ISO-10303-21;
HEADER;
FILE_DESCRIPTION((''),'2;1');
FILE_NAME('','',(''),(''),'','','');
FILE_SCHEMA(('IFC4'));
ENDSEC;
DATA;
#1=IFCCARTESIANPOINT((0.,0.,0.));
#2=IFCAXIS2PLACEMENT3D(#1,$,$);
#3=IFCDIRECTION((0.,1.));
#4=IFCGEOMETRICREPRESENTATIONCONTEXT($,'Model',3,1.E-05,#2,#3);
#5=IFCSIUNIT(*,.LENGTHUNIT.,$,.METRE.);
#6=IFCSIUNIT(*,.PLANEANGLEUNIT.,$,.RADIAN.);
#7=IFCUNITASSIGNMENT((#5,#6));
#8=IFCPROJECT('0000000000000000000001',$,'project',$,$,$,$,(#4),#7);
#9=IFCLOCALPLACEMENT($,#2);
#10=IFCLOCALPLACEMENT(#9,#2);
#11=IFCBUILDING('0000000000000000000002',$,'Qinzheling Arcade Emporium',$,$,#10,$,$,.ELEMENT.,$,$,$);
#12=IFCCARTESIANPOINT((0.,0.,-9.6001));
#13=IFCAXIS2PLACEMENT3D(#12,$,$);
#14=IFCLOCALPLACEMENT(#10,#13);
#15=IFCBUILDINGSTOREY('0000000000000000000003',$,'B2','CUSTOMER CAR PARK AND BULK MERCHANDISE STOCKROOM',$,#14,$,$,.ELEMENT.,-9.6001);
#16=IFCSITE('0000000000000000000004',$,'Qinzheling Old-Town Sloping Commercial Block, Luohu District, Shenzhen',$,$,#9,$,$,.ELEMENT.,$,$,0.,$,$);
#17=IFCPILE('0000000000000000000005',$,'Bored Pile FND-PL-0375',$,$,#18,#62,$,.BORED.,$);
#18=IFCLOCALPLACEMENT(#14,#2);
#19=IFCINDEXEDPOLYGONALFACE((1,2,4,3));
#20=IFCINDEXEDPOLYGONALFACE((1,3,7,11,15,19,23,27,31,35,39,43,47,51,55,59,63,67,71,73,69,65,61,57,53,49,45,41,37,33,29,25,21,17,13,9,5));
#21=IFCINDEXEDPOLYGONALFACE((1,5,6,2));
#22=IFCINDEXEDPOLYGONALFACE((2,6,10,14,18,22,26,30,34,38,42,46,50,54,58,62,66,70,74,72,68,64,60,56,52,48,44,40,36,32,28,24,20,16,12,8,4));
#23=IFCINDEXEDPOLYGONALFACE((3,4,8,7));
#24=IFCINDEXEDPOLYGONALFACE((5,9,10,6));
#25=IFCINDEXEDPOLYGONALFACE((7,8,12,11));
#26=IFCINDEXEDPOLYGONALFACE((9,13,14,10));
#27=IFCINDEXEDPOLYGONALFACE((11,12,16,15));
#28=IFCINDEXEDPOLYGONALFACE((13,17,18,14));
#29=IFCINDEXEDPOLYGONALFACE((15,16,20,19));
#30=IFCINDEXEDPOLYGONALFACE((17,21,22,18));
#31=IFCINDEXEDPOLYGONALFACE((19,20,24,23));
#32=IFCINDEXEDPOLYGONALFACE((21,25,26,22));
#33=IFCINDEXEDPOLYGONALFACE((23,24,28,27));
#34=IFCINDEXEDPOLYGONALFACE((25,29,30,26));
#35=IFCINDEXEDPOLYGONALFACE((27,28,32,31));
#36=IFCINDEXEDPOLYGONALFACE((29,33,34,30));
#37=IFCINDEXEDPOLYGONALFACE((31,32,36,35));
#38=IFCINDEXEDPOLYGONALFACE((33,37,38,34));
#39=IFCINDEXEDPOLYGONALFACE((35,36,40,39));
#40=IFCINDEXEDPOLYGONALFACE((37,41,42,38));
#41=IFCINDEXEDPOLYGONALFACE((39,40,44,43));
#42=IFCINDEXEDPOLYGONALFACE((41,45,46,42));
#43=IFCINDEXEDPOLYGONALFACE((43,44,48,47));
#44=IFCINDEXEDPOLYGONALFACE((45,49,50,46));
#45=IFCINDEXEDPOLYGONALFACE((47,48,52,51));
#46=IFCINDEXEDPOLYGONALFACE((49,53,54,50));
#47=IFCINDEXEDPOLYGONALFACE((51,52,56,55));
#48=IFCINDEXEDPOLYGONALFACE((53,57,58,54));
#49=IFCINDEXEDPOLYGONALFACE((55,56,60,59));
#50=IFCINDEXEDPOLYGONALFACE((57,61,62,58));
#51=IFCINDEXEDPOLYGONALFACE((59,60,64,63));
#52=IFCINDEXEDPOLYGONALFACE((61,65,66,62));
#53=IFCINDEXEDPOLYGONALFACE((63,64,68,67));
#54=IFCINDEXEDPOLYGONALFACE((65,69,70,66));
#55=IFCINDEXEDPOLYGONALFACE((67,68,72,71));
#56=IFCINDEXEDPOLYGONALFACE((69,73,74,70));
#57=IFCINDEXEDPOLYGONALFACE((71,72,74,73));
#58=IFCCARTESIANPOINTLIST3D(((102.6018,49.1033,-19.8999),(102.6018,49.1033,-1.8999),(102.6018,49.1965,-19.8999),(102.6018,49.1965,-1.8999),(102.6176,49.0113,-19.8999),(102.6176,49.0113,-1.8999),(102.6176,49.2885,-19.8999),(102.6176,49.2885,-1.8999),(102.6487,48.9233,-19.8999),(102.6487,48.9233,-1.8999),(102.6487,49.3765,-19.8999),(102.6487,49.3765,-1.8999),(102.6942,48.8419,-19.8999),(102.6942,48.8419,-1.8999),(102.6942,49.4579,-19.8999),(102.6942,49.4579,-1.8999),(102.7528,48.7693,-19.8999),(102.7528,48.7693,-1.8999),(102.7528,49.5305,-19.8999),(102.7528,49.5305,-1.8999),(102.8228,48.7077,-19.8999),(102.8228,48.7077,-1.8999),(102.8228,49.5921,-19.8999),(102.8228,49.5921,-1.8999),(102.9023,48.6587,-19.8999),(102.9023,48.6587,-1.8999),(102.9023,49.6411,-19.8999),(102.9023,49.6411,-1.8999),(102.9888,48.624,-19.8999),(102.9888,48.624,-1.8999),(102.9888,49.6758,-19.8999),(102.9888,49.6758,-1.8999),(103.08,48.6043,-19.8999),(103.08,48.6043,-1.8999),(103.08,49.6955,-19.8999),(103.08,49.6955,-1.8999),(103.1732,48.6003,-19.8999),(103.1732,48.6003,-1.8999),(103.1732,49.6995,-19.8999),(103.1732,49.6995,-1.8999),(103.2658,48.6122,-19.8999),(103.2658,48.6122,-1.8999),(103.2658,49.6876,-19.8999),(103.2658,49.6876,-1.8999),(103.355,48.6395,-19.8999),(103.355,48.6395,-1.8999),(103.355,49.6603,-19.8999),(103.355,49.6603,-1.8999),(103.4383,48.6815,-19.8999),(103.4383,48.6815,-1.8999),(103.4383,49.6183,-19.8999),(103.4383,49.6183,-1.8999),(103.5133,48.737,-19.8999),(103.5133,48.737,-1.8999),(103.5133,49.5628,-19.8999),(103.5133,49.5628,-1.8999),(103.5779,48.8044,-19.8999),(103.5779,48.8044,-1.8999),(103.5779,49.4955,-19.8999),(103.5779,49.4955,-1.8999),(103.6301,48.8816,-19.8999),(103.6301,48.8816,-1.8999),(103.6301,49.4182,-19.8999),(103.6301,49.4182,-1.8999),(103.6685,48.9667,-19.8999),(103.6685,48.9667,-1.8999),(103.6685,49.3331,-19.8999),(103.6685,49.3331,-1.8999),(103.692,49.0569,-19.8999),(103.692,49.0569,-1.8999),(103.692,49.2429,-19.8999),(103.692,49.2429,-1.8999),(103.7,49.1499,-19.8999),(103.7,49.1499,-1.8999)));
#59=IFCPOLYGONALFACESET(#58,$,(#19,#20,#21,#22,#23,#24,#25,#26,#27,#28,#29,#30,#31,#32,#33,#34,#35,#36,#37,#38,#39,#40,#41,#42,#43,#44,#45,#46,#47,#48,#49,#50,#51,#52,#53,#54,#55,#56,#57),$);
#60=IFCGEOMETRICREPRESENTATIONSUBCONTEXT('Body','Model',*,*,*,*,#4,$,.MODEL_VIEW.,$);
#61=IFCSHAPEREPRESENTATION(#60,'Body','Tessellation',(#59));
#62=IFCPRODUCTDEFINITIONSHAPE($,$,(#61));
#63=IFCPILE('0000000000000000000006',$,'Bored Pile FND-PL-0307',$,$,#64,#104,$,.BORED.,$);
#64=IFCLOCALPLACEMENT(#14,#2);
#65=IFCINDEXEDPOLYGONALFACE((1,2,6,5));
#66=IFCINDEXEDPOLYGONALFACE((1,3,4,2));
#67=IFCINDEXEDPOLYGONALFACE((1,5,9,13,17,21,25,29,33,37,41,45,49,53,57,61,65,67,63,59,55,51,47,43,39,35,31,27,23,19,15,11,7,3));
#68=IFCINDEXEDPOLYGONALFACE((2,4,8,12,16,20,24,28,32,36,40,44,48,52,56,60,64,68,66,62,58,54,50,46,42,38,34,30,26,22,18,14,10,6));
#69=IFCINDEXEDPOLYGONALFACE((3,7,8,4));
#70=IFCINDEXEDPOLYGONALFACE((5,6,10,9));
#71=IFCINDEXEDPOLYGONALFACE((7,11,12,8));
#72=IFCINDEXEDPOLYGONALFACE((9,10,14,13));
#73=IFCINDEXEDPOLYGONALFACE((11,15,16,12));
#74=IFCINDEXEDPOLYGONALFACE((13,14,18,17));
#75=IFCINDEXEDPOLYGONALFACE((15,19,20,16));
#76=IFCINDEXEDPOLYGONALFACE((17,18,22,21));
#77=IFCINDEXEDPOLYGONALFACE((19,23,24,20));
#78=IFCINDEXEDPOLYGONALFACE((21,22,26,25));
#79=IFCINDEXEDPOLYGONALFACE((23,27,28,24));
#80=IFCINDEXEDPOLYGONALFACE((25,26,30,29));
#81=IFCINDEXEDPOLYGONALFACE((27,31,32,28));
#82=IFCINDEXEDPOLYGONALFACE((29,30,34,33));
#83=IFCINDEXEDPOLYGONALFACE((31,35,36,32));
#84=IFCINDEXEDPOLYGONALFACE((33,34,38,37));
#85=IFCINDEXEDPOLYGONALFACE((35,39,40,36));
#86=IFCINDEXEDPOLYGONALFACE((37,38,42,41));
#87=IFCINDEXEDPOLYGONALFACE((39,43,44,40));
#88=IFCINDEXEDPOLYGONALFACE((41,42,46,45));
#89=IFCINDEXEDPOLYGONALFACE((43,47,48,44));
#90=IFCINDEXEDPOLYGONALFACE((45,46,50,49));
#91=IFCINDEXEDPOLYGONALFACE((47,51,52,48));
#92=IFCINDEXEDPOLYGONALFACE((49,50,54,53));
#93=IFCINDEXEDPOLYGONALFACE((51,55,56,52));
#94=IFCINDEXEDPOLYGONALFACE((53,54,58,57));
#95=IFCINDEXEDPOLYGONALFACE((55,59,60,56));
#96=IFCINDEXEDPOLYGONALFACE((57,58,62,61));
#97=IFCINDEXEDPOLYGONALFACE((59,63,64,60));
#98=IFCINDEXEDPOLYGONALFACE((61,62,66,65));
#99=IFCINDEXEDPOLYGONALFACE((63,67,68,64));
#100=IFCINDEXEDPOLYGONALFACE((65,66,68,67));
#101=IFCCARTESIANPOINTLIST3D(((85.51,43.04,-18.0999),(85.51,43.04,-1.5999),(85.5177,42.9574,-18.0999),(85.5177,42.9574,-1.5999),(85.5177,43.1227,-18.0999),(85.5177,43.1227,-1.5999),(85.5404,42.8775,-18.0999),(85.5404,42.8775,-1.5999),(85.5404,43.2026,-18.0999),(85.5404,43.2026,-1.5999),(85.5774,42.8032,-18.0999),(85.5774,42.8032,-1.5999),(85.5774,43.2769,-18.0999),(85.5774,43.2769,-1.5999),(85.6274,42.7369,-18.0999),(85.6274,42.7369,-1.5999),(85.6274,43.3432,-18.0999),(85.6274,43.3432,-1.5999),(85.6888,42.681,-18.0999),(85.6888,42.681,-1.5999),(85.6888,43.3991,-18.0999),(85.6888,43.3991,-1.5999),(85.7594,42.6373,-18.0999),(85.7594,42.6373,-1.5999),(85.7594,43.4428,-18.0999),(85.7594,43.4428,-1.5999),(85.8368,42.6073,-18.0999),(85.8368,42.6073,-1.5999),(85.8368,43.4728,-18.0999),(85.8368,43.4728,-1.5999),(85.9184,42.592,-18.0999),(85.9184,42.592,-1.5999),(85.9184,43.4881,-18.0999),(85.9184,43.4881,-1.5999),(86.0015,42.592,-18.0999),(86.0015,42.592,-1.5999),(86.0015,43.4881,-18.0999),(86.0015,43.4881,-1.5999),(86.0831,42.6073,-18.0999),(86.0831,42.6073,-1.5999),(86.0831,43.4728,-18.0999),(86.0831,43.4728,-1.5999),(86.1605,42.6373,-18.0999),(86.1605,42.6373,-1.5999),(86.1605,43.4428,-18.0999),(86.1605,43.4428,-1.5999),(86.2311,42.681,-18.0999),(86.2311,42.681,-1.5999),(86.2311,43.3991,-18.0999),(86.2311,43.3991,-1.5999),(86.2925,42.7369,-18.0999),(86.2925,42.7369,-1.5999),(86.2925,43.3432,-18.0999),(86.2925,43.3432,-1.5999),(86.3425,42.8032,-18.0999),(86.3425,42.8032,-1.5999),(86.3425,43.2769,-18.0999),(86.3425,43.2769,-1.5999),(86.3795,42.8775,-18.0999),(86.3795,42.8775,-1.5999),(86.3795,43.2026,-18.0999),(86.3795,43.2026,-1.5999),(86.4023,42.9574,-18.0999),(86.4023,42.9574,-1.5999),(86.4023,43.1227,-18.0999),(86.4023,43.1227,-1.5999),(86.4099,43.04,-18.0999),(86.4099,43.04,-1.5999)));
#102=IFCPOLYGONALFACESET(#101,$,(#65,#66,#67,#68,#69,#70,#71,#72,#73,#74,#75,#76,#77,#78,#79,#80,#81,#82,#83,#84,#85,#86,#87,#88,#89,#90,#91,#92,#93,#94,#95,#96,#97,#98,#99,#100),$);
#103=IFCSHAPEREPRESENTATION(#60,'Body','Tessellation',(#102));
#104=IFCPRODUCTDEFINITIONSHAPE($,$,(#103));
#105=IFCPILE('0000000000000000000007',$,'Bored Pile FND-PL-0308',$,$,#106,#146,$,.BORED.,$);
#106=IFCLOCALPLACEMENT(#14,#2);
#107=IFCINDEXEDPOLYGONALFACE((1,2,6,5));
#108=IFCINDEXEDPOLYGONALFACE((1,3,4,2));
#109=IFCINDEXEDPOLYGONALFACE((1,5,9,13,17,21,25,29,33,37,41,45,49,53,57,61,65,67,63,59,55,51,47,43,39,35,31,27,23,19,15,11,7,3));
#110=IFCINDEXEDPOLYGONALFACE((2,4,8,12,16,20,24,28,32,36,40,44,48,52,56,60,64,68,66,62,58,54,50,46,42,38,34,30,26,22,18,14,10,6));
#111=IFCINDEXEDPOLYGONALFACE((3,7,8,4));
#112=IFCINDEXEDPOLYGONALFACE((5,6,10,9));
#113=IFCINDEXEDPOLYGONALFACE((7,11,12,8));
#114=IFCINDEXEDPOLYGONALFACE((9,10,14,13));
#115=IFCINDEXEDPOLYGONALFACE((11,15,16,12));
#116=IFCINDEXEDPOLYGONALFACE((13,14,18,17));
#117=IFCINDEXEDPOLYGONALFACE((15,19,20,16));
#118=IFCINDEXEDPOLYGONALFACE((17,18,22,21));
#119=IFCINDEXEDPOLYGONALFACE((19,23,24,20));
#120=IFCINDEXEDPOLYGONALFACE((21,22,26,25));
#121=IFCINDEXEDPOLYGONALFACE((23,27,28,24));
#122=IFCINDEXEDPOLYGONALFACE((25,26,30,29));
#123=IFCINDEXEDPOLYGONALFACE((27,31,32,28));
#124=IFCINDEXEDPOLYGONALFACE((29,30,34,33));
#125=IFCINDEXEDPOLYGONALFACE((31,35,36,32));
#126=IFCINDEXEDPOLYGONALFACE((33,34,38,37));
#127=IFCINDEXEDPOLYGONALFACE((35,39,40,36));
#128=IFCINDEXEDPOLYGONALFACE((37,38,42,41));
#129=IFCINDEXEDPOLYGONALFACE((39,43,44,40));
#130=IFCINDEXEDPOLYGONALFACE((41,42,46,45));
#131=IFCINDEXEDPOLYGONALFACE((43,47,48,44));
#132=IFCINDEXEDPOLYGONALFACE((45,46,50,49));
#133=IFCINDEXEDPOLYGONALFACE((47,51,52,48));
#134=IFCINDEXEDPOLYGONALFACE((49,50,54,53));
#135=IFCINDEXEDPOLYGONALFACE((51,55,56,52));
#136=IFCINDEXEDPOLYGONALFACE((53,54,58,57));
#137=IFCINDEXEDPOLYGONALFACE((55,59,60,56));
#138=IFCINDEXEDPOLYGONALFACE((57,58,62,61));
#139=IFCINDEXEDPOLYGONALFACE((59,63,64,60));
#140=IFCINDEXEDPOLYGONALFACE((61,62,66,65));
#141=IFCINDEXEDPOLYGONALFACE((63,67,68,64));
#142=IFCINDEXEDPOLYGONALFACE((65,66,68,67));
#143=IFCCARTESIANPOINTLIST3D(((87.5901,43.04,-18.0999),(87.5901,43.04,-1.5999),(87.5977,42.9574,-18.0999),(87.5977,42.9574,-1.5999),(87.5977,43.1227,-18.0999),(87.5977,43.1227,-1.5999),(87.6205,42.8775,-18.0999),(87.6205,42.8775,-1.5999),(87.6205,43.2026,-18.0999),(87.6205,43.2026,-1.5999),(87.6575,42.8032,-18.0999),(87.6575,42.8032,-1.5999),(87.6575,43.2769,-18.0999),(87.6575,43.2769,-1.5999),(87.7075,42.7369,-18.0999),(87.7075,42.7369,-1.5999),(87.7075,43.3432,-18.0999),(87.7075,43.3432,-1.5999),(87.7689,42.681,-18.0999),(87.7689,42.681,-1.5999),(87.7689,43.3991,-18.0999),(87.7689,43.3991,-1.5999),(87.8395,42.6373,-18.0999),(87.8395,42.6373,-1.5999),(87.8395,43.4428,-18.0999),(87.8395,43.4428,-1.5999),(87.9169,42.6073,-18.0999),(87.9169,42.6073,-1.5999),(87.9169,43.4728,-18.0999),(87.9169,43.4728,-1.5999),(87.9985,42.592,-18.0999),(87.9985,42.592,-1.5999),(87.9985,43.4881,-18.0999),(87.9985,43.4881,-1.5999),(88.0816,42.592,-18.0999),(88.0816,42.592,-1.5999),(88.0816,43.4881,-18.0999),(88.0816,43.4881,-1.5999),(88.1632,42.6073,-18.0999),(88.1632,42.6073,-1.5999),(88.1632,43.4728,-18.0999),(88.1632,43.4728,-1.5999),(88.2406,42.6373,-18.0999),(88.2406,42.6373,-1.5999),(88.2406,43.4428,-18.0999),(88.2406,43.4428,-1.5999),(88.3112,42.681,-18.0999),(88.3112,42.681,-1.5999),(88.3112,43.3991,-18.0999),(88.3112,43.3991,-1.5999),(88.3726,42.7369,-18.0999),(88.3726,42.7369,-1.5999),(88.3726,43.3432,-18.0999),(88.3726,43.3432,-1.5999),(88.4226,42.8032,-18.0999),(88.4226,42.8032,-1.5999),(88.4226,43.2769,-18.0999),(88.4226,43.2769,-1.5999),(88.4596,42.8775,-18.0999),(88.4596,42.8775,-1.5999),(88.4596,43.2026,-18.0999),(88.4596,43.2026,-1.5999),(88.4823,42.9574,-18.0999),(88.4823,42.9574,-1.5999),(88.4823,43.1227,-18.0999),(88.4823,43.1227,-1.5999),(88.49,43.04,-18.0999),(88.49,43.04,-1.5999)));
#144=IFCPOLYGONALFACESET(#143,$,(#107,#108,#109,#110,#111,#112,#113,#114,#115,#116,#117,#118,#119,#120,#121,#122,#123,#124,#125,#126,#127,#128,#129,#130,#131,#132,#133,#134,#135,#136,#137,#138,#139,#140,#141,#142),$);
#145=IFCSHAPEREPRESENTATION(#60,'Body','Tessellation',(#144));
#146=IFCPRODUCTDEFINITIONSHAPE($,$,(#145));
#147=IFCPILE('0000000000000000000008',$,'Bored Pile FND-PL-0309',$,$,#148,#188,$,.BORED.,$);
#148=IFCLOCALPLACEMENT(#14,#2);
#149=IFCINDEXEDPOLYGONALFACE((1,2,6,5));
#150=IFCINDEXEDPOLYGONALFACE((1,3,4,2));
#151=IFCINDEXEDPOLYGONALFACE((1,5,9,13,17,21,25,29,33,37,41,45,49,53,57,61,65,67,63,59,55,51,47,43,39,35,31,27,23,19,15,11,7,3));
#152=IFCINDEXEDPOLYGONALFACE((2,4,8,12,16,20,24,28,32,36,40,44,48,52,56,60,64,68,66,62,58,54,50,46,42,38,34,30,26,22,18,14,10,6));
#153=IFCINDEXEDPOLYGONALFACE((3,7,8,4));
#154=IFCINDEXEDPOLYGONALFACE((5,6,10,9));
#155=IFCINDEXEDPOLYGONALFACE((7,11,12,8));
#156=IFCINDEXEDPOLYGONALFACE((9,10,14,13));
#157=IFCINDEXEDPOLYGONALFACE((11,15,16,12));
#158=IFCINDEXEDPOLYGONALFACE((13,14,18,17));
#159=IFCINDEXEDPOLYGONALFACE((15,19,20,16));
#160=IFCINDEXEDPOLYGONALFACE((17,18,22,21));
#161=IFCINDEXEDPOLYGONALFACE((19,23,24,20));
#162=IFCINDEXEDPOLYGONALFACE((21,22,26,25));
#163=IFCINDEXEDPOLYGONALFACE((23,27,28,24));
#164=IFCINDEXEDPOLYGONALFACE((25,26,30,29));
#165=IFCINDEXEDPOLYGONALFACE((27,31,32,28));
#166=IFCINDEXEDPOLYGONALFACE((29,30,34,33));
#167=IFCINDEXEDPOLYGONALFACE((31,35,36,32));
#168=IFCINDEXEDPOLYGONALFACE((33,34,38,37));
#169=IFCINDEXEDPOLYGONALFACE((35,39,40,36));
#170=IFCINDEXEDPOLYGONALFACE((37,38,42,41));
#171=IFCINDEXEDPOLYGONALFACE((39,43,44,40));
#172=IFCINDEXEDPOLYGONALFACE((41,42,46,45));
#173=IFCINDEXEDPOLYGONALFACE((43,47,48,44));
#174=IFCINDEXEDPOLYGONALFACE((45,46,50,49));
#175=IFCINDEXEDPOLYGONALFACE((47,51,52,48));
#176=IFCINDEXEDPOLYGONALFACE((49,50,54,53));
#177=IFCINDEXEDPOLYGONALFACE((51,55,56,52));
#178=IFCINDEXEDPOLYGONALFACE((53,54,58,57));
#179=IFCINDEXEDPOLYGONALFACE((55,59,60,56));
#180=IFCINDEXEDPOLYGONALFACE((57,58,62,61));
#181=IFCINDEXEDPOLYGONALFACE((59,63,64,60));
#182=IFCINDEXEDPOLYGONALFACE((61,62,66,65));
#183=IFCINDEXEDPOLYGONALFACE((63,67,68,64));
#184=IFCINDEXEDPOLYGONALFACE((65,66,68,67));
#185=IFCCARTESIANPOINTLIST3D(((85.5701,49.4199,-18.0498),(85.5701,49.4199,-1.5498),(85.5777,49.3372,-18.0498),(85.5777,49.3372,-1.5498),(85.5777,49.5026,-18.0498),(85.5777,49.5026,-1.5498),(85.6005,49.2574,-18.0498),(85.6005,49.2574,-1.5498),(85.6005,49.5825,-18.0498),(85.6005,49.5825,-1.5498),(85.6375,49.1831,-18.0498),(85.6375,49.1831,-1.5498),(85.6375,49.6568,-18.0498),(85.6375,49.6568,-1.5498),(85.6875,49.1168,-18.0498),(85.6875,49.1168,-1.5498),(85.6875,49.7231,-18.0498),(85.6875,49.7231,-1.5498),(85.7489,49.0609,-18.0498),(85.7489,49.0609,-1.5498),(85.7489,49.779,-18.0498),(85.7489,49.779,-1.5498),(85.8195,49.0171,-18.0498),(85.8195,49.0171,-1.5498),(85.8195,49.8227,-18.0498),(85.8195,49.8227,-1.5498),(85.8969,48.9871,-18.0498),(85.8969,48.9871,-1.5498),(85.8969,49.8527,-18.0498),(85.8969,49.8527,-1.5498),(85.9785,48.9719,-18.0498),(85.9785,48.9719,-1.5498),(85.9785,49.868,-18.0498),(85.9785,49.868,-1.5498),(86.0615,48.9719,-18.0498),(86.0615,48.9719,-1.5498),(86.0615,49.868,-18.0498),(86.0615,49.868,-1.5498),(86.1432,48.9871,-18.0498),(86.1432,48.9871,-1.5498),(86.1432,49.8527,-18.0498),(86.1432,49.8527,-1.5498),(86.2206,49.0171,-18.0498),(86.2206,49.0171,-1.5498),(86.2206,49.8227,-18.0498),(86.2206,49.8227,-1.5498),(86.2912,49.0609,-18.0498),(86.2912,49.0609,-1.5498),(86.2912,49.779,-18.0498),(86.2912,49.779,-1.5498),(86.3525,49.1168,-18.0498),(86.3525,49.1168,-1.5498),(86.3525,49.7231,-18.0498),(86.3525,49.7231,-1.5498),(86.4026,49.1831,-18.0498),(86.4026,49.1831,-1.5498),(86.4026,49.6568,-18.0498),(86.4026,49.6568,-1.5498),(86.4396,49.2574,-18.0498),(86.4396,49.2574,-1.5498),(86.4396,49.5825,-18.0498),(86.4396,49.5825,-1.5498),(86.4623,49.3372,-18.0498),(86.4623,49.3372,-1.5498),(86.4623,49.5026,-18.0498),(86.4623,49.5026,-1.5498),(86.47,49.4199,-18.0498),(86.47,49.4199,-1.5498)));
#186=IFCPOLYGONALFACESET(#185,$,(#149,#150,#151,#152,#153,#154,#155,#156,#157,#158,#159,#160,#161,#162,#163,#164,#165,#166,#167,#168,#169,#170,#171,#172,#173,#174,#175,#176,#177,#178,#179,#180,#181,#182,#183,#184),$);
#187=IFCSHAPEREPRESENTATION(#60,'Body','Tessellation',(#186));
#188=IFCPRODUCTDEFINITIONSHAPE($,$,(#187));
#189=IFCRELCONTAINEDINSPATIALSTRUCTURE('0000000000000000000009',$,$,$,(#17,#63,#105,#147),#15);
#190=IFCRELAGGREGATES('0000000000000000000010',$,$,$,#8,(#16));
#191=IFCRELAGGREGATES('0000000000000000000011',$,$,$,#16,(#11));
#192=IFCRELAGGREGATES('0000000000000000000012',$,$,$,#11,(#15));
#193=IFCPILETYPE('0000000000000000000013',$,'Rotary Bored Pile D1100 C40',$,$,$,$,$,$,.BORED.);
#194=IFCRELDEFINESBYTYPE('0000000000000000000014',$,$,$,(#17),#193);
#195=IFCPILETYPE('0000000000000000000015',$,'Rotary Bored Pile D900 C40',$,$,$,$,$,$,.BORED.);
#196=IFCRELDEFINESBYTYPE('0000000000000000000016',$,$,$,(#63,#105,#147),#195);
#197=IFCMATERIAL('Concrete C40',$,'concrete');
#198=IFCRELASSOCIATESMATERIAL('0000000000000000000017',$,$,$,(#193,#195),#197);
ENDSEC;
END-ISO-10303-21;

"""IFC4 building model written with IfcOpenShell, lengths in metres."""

from ifc_helpers import new_model, si_unit, direction, frame, origin, origin_2d, place, context, subcontext, project, spatial, circle, extrude, material, material_profile, profile_set, type_object, element, save


model = new_model("IFC4")

# Units and contexts
model_context = context("Model", 3, precision=1e-05, world=origin(), true_north=direction((0.0, 1.0)))
body_context = subcontext(model_context, "Body", "Model", "MODEL_VIEW")
ifc_project = project(units=[si_unit("LENGTHUNIT", "METRE"), si_unit("PLANEANGLEUNIT", "RADIAN")], contexts=[model_context])

# Site, building, storey
site_placement = place(None, origin())
site = spatial("IfcSite", under=ifc_project, at=site_placement, Name="Qinzheling Old-Town Sloping Commercial Block, Luohu District, Shenzhen", CompositionType="ELEMENT", RefElevation=0.0)
building_placement = place(site_placement, origin())
building = spatial("IfcBuilding", under=site, at=building_placement, Name="Qinzheling Arcade Emporium", CompositionType="ELEMENT")
storey_placement = place(building_placement, frame((0.0, 0.0, -9.6001)))
storey = spatial("IfcBuildingStorey", under=building, at=storey_placement, Name="B2", Description="CUSTOMER CAR PARK AND BULK MERCHANDISE STOCKROOM", CompositionType="ELEMENT", Elevation=-9.6001)

# Shared definitions
ifc_material_1 = material(Name="Concrete C40", Category="concrete")

# Piles
ifc_material_profile_1 = material_profile(ifc_material_1, circle(Radius=0.55, at=origin_2d()), Name="BORED D1100", Category="concrete")
ifc_profile_set_1 = profile_set([ifc_material_profile_1], Name="Concrete C40")
pile_type_1 = type_object("IfcPileType", Name="Rotary Bored Pile D1100 C40", PredefinedType="BORED", material=ifc_profile_set_1)
for number, where, z_axis, x_axis, name in (
    (1, (103.1499, 49.1499, -1.8999), (0.0, 0.0, -1.0), (1.0, 0.0, 0.0), "Bored Pile FND-PL-0375"),
):
    element("IfcPile", number, at=place(storey_placement, frame(where, z_axis=z_axis, x_axis=x_axis)), inside=storey, type_object=pile_type_1, Name=name, PredefinedType="BORED", context=body_context, shape_type="SweptSolid", body=[
        extrude(circle(Radius=0.55, at=origin_2d()), origin(), (0.0, 0.0, 1.0), 18.0),
    ])
ifc_material_profile_2 = material_profile(ifc_material_1, circle(Radius=0.45, at=origin_2d()), Name="BORED D900", Category="concrete")
ifc_profile_set_2 = profile_set([ifc_material_profile_2], Name="Concrete C40")
pile_type_2 = type_object("IfcPileType", Name="Rotary Bored Pile D900 C40", PredefinedType="BORED", material=ifc_profile_set_2)
for number, where, z_axis, x_axis, name in (
    (2, (85.96, 43.04, -1.5999), (0.0, 0.0, -1.0), (1.0, 0.0, 0.0), "Bored Pile FND-PL-0307"),
    (3, (88.04, 43.04, -1.5999), (0.0, 0.0, -1.0), (1.0, 0.0, 0.0), "Bored Pile FND-PL-0308"),
    (4, (86.02, 49.4199, -1.5498), (0.0, 0.0, -1.0), (1.0, 0.0, 0.0), "Bored Pile FND-PL-0309"),
):
    element("IfcPile", number, at=place(storey_placement, frame(where, z_axis=z_axis, x_axis=x_axis)), inside=storey, type_object=pile_type_2, Name=name, PredefinedType="BORED", context=body_context, shape_type="SweptSolid", body=[
        extrude(circle(Radius=0.45, at=origin_2d()), origin(), (0.0, 0.0, 1.0), 16.5),
    ])

save(model, "model.ifc")
